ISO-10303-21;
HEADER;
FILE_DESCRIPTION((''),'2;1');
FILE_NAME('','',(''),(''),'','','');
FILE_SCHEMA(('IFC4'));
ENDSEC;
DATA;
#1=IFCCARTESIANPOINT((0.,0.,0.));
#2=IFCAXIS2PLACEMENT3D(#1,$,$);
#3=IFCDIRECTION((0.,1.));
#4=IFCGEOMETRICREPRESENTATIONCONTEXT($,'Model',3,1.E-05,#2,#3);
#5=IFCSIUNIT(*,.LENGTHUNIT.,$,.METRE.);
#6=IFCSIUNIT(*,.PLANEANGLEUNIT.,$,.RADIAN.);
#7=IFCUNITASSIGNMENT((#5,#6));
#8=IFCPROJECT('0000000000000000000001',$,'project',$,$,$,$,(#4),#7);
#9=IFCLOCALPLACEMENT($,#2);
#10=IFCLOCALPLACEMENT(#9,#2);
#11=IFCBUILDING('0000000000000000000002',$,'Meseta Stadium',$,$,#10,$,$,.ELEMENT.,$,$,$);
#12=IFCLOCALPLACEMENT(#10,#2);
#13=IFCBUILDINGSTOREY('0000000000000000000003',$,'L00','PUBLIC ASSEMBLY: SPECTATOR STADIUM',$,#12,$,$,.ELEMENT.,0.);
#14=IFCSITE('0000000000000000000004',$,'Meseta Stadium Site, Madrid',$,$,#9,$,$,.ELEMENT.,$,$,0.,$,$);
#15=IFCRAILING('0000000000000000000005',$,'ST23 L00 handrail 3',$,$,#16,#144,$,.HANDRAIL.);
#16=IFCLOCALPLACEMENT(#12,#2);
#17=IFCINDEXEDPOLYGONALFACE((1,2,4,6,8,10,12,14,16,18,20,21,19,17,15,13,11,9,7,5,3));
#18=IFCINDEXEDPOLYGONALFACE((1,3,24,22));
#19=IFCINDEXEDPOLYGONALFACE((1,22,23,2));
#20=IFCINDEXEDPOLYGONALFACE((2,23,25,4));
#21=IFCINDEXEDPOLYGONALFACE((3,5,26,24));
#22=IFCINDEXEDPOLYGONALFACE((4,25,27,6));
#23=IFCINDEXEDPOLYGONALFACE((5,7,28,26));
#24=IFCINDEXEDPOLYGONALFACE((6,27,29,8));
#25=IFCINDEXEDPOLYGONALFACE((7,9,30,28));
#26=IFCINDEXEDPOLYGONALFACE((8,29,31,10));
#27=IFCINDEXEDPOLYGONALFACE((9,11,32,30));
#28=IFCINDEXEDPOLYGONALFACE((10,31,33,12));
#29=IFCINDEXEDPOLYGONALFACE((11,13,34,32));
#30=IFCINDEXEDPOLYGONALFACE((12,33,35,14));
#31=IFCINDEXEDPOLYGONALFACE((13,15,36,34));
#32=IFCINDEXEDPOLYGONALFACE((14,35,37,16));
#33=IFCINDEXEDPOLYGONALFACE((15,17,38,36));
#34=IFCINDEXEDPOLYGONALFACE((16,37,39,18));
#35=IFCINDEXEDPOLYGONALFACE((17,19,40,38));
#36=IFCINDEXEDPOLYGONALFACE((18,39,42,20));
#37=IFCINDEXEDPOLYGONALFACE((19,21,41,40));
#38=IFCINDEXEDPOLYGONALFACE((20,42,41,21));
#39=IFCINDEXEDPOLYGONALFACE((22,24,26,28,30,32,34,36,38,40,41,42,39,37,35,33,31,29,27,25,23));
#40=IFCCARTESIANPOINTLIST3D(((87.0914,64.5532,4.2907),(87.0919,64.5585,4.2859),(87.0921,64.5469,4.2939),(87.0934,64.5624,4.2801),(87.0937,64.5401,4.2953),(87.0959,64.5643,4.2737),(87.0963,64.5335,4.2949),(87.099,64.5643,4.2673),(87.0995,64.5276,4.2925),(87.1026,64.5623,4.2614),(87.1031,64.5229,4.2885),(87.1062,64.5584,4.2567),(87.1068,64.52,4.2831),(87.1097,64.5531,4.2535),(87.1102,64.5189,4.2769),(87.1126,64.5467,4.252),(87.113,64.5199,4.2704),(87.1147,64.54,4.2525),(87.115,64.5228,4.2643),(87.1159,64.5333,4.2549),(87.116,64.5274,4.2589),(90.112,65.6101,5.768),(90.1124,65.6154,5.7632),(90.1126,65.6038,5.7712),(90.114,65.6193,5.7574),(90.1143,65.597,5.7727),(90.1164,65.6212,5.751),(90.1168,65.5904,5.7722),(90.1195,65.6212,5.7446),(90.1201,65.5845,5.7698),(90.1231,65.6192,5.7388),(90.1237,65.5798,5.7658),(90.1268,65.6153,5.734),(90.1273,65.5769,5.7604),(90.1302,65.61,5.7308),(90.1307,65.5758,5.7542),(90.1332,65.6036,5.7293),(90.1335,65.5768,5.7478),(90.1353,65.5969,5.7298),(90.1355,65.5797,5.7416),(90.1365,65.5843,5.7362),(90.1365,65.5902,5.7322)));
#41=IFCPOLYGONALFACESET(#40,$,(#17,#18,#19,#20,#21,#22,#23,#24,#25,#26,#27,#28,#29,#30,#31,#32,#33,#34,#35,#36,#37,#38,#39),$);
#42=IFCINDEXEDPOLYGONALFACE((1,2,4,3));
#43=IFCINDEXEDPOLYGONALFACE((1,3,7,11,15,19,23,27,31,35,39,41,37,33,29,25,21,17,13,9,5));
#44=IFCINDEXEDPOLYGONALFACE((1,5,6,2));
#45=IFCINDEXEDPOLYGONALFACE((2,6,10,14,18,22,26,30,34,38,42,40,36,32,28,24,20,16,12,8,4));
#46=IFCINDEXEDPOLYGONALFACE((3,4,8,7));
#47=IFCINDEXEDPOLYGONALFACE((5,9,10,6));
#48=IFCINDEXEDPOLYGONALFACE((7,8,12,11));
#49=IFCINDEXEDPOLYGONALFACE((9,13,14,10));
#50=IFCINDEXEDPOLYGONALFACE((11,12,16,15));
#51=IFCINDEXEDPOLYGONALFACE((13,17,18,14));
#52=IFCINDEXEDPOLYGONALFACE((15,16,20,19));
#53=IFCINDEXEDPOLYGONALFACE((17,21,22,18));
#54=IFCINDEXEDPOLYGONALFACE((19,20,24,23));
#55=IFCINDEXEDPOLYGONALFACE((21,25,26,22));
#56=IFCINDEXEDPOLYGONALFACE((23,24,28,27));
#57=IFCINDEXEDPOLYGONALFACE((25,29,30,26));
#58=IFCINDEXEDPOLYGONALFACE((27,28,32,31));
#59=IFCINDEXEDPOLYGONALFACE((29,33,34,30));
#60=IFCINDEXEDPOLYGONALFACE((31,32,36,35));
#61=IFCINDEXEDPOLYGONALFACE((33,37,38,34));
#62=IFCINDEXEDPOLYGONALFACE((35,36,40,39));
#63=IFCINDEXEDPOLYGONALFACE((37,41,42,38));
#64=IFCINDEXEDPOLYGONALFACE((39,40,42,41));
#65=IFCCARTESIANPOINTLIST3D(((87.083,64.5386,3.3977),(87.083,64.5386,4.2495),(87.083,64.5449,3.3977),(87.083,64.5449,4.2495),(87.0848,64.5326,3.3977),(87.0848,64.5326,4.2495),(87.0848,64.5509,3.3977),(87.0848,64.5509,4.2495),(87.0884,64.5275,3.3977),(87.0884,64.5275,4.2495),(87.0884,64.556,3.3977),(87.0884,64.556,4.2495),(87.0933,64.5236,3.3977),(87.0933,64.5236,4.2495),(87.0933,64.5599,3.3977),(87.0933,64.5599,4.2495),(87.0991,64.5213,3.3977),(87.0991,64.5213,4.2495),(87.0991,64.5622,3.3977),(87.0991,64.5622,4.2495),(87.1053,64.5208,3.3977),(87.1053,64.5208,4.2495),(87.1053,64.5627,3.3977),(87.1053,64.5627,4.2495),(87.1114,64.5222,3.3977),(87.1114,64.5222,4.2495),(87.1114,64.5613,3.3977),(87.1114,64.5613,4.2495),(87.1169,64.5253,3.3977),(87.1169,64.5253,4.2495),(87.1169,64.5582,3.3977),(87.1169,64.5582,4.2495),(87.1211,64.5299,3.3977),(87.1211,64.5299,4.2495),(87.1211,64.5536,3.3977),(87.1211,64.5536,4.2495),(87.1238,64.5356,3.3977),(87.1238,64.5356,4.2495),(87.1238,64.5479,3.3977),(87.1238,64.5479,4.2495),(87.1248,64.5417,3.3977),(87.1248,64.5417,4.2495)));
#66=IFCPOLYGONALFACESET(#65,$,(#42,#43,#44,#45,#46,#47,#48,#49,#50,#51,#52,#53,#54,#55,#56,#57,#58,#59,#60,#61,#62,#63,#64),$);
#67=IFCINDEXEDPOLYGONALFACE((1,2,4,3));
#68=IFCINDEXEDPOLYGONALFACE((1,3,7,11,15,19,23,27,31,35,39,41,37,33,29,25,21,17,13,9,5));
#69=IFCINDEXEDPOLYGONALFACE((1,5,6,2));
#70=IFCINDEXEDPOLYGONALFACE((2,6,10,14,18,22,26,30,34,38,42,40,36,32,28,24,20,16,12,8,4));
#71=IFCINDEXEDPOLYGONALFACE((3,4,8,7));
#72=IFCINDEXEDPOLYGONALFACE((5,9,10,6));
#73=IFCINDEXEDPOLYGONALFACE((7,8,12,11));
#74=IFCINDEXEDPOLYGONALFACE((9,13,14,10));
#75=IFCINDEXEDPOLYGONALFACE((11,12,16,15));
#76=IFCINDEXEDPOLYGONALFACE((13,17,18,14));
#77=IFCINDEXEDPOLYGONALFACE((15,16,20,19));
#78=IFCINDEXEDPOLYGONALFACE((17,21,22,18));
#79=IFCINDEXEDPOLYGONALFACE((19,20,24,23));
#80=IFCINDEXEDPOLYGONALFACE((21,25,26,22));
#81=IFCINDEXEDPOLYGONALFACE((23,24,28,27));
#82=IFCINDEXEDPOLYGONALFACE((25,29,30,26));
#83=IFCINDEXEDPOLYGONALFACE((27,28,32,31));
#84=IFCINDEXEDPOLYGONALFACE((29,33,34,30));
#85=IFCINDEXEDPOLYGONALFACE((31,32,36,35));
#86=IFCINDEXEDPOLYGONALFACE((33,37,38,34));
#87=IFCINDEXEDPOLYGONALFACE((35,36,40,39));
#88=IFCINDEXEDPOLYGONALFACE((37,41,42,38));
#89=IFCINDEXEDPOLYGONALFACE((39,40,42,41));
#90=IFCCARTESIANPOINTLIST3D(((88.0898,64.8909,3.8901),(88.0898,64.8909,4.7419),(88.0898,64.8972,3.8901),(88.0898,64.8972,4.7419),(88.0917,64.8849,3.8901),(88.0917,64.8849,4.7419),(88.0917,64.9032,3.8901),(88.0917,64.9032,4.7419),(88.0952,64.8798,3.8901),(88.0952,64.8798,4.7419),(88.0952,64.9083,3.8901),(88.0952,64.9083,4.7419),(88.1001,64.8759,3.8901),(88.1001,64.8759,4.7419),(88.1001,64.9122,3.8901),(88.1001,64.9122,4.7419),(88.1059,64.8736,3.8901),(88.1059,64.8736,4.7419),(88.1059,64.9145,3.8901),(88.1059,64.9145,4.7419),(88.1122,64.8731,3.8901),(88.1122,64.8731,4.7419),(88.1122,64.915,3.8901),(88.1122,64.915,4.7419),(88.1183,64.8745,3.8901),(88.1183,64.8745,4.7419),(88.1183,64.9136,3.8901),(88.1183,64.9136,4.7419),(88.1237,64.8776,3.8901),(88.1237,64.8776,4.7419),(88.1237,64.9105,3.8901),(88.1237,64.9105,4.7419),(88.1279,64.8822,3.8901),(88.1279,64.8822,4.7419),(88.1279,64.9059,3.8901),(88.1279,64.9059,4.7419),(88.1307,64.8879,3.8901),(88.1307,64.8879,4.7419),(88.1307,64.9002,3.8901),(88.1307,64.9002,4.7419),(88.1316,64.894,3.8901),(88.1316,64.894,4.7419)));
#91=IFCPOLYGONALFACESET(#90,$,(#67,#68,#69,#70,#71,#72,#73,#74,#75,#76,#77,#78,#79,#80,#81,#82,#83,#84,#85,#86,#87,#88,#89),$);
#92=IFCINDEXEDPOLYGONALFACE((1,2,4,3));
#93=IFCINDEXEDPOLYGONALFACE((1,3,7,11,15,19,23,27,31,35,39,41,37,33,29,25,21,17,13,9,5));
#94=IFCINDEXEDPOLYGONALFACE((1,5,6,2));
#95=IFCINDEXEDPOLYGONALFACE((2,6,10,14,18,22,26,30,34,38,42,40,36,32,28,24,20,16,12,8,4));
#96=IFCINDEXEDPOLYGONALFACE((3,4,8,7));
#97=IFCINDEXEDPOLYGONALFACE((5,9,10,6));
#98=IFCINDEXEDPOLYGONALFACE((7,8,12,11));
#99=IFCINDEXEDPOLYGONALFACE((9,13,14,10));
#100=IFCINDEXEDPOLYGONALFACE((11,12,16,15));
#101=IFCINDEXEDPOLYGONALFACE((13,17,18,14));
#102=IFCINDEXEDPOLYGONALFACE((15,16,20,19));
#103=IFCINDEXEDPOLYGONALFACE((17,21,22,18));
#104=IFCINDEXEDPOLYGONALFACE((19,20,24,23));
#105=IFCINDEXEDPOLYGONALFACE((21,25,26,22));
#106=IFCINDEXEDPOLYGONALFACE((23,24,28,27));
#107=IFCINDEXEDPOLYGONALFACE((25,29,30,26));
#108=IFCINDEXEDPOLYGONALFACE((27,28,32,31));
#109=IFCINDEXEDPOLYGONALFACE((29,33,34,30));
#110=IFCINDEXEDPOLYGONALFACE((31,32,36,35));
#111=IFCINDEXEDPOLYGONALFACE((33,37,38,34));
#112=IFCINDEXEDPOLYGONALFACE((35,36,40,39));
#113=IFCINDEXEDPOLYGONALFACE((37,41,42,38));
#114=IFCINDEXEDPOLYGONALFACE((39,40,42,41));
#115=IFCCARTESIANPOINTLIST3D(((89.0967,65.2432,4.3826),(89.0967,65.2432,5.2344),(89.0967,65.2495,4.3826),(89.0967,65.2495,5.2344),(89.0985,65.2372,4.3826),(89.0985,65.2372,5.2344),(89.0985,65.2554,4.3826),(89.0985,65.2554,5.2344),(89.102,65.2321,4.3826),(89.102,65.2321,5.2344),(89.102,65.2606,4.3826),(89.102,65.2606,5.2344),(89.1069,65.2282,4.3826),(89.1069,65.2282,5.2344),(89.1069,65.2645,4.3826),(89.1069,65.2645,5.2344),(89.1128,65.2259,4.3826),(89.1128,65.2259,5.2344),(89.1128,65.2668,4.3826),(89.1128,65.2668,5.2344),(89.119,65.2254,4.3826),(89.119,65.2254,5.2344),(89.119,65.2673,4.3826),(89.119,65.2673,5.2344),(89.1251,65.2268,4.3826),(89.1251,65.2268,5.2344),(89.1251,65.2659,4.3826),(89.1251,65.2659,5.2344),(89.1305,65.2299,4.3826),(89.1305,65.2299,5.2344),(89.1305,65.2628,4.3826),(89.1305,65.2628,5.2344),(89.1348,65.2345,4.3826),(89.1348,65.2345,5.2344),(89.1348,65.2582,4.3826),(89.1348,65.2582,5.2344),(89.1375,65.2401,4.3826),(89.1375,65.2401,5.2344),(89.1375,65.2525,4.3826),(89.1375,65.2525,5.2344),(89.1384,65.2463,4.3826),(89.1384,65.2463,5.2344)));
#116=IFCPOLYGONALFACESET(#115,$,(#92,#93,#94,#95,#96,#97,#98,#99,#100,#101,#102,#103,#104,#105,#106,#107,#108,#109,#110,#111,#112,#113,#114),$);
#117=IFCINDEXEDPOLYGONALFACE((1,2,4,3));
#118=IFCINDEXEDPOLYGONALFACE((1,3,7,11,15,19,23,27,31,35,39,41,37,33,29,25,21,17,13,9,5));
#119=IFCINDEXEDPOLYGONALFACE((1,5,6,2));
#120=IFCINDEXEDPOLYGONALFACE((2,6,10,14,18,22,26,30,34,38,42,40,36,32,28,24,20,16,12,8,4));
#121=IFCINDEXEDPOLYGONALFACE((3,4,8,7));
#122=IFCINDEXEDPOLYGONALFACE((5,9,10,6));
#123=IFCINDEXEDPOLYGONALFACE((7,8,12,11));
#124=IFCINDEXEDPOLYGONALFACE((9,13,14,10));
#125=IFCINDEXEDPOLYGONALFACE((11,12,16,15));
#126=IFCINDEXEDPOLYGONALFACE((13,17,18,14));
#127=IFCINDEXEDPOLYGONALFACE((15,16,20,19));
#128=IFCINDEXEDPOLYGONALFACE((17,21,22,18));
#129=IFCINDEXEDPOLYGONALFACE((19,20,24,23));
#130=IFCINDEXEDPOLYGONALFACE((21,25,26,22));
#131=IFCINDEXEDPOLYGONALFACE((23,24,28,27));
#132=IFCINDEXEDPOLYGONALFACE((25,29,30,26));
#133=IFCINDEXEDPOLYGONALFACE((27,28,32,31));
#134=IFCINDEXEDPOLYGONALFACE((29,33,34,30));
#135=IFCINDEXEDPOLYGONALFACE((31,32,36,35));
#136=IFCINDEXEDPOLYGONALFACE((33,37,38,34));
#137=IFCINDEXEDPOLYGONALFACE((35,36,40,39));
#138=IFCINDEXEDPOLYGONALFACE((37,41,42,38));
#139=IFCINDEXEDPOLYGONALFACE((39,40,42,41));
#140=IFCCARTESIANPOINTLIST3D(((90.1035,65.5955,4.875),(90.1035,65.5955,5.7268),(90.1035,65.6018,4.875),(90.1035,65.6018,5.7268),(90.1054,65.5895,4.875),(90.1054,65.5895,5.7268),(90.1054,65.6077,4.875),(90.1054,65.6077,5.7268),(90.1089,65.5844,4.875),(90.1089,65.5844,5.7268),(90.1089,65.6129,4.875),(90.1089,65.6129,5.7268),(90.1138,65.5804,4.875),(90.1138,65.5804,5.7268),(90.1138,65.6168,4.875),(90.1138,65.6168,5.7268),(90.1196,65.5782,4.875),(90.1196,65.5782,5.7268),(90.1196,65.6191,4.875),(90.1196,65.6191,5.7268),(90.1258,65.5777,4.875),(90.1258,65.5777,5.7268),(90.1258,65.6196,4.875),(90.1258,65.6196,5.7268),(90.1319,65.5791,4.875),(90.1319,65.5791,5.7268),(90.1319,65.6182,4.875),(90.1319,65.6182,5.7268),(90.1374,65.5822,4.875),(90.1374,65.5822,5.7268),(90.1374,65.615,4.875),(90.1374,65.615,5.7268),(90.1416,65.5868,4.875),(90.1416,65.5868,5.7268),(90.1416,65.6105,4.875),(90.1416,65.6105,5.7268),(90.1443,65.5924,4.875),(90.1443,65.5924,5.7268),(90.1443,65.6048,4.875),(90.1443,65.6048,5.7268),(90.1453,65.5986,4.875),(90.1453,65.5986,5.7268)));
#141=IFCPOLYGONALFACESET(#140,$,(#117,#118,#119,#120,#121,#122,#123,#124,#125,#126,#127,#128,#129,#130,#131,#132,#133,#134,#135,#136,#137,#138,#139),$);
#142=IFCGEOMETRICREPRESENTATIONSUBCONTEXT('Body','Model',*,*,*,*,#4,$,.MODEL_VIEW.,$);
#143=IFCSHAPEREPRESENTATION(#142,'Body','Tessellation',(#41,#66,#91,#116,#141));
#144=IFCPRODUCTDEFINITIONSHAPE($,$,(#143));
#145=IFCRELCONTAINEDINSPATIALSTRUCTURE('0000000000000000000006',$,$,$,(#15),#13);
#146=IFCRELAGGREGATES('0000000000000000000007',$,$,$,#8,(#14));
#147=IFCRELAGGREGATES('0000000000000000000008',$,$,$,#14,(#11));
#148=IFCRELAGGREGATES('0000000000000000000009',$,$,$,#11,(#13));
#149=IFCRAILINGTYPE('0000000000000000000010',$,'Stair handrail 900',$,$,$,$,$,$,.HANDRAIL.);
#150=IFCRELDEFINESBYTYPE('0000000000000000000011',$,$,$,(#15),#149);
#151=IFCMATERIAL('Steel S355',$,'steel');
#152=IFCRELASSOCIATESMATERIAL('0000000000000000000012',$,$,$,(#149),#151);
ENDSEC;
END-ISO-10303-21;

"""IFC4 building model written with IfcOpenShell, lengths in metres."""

from ifc_helpers import new_model, si_unit, direction, frame, origin, origin_2d, place, context, subcontext, project, spatial, circle, extrude, material, type_object, element, save


model = new_model("IFC4")

# Units and contexts
model_context = context("Model", 3, precision=1e-05, world=origin(), true_north=direction((0.0, 1.0)))
body_context = subcontext(model_context, "Body", "Model", "MODEL_VIEW")
ifc_project = project(units=[si_unit("LENGTHUNIT", "METRE"), si_unit("PLANEANGLEUNIT", "RADIAN")], contexts=[model_context])

# Site, building, storey
site_placement = place(None, origin())
site = spatial("IfcSite", under=ifc_project, at=site_placement, Name="Meseta Stadium Site, Madrid", CompositionType="ELEMENT", RefElevation=0.0)
building_placement = place(site_placement, origin())
building = spatial("IfcBuilding", under=site, at=building_placement, Name="Meseta Stadium", CompositionType="ELEMENT")
storey_placement = place(building_placement, origin())
storey = spatial("IfcBuildingStorey", under=building, at=storey_placement, Name="L00", Description="PUBLIC ASSEMBLY: SPECTATOR STADIUM", CompositionType="ELEMENT", Elevation=0.0)

# Railing
ifc_material_1 = material(Name="Steel S355", Category="steel")
railing_type_1 = type_object("IfcRailingType", Name="Stair handrail 900", PredefinedType="HANDRAIL", material=ifc_material_1)
for number, where, name in (
    (1, (87.1038, 64.5417, 3.3977), "ST23 L00 handrail 3"),
):
    element("IfcRailing", number, at=place(storey_placement, frame(where)), inside=storey, type_object=railing_type_1, Name=name, PredefinedType="HANDRAIL", context=body_context, shape_type="SweptSolid", body=[
        extrude(circle(Radius=0.0239, at=origin_2d()), frame((0.0, 0.0, 0.876), z_axis=(0.856977, 0.299859, 0.419137), x_axis=(-0.330269, 0.943887, 0.0)), (0.0, 0.0, 1.0), 3.5247),
        extrude(circle(Radius=0.021, at=origin_2d()), origin(), (0.0, 0.0, 1.0), 0.8518),
        extrude(circle(Radius=0.021, at=origin_2d()), frame((1.0068, 0.3523, 0.4924)), (0.0, 0.0, 1.0), 0.8518),
        extrude(circle(Radius=0.021, at=origin_2d()), frame((2.0137, 0.7046, 0.9849)), (0.0, 0.0, 1.0), 0.8518),
        extrude(circle(Radius=0.021, at=origin_2d()), frame((3.0205, 1.0569, 1.4773)), (0.0, 0.0, 1.0), 0.8518),
    ])

save(model, "model.ifc")
